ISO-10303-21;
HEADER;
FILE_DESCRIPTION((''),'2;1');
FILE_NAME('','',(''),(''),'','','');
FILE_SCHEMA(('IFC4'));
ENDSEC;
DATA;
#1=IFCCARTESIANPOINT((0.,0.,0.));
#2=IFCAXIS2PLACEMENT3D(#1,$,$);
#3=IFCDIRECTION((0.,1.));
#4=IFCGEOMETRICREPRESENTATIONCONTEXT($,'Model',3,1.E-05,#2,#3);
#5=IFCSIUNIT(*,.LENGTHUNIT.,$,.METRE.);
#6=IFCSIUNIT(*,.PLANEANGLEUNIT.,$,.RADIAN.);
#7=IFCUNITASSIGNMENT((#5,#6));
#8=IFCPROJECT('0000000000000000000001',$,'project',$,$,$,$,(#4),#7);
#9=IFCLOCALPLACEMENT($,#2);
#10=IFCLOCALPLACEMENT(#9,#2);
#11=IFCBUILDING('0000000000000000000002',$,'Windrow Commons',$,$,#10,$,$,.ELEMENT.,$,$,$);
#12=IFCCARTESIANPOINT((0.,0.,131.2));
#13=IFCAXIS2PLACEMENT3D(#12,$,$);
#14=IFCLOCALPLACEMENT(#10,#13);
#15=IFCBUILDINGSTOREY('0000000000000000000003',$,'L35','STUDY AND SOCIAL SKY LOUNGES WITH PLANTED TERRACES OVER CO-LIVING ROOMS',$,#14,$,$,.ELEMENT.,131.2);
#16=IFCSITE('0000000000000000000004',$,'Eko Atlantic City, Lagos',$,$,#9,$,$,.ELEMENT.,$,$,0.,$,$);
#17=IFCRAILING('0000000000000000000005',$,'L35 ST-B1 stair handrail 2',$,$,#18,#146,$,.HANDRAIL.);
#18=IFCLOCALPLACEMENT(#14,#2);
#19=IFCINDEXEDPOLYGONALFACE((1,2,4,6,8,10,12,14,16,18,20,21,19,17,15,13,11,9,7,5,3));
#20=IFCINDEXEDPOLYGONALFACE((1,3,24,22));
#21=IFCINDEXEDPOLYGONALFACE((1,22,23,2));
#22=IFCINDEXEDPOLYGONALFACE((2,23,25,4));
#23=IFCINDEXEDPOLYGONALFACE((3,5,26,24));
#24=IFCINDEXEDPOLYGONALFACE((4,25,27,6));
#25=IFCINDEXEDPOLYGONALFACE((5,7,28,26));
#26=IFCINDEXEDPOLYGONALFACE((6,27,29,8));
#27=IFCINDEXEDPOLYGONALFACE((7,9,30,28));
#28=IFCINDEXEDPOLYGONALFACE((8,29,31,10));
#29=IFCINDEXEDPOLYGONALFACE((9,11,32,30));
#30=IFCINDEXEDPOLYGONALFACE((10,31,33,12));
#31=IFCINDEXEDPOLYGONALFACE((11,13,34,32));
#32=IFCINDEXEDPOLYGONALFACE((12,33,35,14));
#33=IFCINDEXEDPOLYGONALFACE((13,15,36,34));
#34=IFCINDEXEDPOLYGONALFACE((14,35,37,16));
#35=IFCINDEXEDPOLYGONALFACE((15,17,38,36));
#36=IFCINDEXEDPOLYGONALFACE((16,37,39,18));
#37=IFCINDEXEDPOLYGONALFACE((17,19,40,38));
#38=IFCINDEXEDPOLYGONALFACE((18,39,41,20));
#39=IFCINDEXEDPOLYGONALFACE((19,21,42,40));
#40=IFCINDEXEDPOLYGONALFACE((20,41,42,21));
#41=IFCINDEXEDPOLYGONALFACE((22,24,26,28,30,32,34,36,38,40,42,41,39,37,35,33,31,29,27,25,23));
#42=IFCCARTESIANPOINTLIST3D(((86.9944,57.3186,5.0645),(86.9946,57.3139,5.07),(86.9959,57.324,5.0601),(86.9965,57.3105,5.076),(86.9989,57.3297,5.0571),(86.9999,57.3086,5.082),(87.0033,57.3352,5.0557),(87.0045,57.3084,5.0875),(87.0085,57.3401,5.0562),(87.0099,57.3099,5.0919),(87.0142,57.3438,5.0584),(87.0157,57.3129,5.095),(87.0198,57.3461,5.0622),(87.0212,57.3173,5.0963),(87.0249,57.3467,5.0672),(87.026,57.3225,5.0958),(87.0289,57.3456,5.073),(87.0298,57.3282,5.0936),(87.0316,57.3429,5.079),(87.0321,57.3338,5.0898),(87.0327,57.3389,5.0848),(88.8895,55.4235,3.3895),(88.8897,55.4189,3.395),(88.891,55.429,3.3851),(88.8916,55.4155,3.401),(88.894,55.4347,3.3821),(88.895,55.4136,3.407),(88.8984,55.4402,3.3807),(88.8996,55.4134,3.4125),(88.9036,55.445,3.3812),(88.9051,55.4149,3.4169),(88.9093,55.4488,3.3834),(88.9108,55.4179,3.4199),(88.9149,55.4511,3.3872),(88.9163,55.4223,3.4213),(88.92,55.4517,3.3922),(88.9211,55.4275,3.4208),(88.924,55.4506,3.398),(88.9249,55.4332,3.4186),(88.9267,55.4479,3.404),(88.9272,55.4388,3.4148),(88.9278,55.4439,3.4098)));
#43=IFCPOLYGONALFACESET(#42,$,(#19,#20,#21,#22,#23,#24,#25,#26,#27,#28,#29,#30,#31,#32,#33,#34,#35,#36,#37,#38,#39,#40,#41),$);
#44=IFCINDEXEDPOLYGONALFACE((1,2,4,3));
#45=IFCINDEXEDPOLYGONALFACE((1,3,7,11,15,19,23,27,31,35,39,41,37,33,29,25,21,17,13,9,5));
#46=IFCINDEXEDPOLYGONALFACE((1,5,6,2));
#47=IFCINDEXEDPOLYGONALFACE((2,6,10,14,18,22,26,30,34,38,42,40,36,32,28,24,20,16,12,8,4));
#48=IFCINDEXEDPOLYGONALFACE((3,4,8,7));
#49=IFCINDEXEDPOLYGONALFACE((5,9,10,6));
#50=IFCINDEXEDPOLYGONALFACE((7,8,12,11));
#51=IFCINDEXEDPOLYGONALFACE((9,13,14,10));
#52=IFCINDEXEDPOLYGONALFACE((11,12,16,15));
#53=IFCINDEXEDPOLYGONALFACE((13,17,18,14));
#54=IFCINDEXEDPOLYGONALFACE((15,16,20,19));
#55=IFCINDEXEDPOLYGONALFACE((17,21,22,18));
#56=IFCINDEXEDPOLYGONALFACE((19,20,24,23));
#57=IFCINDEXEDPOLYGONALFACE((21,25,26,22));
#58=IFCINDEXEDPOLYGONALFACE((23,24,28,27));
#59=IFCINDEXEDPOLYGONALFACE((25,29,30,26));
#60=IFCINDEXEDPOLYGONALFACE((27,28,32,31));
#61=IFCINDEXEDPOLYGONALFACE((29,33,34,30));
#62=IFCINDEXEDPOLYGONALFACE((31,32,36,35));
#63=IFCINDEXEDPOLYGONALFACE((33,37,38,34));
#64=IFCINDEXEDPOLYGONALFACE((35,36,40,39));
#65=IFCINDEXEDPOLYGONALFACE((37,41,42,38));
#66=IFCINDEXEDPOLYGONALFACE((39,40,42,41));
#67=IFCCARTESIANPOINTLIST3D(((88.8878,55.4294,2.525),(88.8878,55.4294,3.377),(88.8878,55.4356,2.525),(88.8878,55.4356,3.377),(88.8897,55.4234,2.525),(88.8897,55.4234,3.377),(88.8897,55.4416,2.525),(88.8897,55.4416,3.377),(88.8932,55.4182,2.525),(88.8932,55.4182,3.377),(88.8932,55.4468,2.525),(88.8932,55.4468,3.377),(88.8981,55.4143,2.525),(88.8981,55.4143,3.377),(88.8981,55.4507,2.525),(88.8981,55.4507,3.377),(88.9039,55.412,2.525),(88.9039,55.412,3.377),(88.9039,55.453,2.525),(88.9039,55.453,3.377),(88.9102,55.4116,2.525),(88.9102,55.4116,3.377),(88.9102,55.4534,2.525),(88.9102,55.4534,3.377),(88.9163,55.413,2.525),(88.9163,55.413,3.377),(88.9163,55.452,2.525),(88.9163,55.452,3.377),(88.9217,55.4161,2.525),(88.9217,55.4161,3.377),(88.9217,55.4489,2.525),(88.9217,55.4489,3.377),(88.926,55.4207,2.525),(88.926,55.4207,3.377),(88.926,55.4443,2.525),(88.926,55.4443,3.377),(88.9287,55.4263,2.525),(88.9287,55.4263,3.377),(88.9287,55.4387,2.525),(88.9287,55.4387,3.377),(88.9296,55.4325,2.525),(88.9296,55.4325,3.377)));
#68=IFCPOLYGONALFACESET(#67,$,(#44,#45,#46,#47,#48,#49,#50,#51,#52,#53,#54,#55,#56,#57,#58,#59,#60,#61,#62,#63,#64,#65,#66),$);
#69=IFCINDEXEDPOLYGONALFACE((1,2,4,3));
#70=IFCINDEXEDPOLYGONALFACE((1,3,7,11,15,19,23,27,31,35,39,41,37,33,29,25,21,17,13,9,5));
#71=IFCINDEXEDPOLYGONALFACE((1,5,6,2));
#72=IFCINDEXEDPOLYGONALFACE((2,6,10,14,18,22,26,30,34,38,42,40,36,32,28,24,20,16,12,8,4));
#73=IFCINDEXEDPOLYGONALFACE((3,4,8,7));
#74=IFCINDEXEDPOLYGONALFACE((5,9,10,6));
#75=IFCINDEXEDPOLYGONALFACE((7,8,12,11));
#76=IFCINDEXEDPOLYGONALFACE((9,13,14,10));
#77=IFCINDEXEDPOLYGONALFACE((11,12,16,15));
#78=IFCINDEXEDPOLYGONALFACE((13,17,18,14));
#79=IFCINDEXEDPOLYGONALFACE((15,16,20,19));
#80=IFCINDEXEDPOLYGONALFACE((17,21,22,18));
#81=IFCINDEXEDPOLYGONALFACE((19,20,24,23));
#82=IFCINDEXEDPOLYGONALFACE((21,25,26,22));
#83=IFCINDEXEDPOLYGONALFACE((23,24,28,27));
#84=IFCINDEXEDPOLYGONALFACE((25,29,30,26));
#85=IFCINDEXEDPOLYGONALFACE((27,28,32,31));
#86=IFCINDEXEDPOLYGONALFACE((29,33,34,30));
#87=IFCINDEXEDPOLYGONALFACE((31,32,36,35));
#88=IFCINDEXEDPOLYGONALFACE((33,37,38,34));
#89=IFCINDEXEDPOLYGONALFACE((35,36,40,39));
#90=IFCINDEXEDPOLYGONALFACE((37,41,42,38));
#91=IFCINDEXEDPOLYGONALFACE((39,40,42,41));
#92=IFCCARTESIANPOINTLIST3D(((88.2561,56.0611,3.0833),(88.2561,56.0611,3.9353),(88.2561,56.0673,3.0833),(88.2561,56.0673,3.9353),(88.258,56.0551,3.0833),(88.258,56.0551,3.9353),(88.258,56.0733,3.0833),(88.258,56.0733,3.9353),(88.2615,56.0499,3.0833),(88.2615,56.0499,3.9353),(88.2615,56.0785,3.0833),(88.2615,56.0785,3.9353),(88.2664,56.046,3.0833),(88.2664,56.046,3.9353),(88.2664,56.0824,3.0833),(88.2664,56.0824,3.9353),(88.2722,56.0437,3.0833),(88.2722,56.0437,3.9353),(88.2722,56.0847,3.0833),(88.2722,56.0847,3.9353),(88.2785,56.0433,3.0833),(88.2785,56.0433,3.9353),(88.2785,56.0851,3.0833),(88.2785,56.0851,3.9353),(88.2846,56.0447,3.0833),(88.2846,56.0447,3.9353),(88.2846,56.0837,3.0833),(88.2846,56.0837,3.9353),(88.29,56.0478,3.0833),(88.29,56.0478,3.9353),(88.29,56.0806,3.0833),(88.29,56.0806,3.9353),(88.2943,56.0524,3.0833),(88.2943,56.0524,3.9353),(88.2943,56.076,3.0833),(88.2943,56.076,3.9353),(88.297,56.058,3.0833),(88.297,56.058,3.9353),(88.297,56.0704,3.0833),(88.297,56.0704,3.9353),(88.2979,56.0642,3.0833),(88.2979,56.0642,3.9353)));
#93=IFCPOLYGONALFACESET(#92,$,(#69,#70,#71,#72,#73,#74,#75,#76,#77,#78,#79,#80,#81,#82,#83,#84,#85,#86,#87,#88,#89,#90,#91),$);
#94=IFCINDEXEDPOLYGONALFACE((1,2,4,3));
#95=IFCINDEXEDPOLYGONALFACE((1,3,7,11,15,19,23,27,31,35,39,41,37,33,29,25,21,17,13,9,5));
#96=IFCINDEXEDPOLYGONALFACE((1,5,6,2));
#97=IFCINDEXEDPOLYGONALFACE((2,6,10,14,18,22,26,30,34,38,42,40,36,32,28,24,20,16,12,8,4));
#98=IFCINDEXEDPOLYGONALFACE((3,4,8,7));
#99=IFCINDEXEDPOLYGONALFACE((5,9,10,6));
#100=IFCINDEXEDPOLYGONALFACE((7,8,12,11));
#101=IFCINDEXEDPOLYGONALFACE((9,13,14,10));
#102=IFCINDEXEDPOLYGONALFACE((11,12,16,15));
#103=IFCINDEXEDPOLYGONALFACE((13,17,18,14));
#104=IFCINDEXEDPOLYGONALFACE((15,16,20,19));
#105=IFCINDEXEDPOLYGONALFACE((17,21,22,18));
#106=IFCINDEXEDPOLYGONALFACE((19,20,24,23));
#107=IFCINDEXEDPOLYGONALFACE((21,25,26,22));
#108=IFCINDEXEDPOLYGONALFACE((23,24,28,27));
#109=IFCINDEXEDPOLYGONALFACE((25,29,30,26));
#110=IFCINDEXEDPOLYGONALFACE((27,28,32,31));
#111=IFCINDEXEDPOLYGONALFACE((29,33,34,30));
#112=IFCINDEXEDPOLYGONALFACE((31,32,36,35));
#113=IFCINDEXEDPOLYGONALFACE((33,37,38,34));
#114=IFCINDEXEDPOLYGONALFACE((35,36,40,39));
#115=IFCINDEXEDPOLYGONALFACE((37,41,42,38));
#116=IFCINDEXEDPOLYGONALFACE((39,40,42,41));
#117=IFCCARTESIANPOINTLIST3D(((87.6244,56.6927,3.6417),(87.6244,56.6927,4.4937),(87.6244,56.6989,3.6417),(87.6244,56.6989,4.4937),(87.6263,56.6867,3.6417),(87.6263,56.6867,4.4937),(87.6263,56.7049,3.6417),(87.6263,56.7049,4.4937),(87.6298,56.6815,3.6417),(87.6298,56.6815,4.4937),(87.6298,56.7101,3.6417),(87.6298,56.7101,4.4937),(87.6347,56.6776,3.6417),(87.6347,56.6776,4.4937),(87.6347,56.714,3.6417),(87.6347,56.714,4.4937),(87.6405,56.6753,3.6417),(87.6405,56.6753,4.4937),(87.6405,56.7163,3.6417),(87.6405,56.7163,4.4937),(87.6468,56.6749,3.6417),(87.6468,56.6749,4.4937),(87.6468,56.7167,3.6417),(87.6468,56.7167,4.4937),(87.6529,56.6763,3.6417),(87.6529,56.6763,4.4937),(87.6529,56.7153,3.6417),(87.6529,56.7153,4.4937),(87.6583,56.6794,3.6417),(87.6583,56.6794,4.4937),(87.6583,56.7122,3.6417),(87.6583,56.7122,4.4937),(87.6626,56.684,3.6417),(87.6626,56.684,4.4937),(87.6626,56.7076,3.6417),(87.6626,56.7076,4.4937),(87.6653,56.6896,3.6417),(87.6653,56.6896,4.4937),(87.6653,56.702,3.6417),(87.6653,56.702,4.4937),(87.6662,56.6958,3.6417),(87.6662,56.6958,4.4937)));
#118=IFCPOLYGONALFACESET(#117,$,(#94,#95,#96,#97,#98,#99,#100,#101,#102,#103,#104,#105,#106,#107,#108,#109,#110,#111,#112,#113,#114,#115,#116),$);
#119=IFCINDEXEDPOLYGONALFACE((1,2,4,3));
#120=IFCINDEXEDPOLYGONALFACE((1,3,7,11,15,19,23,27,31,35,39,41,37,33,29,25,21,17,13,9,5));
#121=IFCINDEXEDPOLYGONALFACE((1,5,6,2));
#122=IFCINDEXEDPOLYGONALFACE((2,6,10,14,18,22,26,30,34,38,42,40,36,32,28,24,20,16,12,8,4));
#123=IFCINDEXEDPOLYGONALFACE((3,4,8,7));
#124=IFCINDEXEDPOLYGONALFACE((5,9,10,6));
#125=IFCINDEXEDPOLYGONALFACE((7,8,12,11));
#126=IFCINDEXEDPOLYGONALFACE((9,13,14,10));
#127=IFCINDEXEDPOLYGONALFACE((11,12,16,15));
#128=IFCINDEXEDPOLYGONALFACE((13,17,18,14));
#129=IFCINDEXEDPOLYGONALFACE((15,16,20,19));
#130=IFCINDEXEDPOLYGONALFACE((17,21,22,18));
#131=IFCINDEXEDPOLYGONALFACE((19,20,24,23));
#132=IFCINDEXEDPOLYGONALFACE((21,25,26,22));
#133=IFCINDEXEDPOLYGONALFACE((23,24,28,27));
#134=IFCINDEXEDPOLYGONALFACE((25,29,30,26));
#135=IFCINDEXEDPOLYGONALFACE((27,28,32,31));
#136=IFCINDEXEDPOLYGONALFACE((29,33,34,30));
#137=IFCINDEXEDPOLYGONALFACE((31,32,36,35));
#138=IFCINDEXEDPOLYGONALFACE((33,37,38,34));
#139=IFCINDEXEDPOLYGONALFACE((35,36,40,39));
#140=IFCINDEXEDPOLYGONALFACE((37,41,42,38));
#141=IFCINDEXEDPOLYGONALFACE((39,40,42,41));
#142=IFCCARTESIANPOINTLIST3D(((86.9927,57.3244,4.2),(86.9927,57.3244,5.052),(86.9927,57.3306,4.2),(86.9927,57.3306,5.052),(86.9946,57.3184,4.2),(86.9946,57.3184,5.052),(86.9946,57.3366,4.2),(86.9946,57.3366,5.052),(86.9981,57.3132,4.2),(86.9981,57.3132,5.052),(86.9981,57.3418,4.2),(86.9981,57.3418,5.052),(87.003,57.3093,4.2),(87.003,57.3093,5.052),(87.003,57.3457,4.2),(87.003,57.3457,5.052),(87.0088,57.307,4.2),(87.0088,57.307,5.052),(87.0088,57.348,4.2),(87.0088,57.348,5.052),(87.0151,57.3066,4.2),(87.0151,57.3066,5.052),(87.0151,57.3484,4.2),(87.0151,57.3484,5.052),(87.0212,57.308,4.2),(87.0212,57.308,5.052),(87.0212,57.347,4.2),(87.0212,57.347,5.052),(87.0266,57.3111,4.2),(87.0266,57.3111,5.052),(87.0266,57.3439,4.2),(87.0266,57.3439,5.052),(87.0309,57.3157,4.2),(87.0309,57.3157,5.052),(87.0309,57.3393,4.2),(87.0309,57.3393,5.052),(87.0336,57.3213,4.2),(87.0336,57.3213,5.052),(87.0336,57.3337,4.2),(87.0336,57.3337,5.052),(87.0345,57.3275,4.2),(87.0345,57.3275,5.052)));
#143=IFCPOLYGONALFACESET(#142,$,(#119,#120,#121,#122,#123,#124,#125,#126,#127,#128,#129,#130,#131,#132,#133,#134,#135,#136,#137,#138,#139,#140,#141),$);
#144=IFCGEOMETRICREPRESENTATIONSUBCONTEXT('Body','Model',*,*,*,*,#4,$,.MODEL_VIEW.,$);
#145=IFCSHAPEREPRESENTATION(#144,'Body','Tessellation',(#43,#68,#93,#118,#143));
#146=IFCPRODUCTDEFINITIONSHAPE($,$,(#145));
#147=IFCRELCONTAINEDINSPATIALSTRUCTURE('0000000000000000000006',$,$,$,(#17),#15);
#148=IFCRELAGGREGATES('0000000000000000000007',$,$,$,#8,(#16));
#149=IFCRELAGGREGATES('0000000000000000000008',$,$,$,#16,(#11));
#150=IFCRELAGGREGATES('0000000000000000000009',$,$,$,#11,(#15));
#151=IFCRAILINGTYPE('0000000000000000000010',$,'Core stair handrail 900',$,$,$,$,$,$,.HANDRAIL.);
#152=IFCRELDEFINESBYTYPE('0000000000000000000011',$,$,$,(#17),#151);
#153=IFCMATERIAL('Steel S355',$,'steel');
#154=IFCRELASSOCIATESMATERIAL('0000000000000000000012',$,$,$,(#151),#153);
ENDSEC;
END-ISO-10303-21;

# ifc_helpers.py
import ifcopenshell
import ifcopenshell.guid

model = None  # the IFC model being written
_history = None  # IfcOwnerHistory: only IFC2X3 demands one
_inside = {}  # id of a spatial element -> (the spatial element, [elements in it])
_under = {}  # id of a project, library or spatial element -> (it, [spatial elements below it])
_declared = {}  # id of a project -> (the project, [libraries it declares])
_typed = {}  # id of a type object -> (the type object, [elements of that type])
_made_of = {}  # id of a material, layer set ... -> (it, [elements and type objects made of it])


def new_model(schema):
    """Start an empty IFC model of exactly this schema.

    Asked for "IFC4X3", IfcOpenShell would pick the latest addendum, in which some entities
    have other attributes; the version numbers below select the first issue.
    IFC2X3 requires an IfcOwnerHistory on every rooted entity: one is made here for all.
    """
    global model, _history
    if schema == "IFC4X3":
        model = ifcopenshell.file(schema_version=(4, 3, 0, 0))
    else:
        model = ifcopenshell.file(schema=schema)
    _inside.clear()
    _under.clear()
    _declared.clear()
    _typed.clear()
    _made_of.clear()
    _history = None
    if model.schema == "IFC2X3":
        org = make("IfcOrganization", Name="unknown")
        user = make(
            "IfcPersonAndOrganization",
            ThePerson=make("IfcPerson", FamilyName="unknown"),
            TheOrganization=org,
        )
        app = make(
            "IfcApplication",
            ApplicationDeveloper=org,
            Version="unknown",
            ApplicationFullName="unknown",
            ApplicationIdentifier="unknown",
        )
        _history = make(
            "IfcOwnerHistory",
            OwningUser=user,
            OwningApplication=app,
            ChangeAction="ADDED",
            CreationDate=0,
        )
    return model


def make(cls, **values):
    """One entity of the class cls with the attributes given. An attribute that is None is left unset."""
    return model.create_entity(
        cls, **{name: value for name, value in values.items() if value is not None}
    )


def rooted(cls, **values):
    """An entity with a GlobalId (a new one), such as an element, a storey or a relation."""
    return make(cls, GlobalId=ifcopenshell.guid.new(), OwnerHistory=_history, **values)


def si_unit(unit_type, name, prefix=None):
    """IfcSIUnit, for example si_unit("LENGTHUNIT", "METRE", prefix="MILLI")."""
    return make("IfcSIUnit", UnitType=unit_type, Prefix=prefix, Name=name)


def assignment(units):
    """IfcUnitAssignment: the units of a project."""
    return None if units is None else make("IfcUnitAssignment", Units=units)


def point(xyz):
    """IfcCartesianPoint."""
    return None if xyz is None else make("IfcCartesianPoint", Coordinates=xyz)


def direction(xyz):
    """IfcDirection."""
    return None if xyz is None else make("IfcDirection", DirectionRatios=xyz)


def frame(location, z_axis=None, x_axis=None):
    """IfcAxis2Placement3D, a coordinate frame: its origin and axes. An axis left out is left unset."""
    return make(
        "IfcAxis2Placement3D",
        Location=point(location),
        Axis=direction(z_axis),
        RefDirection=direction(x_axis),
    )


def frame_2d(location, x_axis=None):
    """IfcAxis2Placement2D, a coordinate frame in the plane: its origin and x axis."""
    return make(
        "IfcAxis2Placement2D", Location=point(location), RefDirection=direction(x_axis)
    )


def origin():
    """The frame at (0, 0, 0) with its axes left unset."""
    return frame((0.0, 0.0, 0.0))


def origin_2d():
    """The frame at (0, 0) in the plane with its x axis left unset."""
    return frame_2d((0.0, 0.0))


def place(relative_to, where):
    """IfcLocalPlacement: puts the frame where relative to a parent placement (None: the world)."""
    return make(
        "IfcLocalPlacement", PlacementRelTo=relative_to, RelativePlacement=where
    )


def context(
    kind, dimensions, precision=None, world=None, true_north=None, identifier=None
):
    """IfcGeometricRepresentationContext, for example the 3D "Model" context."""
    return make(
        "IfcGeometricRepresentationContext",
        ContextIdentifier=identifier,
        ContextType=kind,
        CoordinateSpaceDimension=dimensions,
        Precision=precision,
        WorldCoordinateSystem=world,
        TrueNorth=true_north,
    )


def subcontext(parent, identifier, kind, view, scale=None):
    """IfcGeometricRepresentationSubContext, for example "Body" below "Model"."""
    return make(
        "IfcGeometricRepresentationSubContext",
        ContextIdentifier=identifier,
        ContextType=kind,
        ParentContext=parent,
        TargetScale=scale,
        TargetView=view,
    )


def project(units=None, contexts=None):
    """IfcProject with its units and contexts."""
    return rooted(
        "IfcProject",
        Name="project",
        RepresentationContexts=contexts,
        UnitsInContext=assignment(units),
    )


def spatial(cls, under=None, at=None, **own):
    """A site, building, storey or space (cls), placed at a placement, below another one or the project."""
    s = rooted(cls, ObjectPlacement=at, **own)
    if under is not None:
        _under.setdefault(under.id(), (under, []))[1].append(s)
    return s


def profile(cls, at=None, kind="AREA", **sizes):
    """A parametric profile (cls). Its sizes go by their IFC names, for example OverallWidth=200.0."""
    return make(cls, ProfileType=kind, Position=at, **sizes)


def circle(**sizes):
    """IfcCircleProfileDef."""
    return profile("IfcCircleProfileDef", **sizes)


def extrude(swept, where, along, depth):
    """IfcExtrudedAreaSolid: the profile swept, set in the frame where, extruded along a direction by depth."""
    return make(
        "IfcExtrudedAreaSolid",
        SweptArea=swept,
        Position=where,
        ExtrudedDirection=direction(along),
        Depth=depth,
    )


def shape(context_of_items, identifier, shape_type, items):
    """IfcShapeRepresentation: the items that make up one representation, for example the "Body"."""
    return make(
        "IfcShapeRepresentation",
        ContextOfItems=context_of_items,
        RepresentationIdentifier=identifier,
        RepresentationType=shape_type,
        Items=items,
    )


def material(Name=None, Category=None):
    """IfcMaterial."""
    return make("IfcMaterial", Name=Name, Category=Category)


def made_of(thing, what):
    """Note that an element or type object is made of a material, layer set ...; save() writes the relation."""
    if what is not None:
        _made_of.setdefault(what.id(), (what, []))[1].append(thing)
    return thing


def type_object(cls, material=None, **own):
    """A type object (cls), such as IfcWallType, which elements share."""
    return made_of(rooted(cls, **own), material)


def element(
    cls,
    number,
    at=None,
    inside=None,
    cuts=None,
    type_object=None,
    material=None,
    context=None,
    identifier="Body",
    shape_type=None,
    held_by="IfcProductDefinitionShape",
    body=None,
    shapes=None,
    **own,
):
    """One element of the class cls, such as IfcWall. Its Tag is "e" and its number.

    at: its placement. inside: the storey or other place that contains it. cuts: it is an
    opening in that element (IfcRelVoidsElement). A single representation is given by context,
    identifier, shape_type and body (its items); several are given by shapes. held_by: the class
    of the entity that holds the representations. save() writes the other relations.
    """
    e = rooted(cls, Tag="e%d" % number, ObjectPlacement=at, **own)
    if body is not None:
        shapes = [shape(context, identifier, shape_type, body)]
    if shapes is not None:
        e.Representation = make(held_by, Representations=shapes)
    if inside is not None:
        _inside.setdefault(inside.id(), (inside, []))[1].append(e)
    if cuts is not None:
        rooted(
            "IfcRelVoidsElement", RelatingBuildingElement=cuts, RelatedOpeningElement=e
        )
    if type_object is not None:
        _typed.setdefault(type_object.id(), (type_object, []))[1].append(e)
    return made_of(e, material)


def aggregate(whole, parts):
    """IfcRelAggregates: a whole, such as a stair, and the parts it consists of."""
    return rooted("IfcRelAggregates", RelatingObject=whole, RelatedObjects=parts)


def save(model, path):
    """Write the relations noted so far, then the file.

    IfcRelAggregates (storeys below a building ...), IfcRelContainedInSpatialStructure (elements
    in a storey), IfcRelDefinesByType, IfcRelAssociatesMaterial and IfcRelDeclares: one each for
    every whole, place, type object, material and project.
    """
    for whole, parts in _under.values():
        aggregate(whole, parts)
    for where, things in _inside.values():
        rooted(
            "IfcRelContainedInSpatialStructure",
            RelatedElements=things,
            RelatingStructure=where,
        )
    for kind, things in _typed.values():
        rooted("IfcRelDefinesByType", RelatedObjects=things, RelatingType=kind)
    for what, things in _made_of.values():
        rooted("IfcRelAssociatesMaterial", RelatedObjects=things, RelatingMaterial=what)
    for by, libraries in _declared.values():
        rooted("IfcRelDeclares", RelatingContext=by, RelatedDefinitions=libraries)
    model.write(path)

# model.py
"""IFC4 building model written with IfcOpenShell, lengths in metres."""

from ifc_helpers import new_model, si_unit, direction, frame, origin, origin_2d, place, context, subcontext, project, spatial, circle, extrude, material, type_object, element, save


model = new_model("IFC4")

# Units and contexts
model_context = context("Model", 3, precision=1e-05, world=origin(), true_north=direction((0.0, 1.0)))
body_context = subcontext(model_context, "Body", "Model", "MODEL_VIEW")
ifc_project = project(units=[si_unit("LENGTHUNIT", "METRE"), si_unit("PLANEANGLEUNIT", "RADIAN")], contexts=[model_context])

# Site, building, storey
site_placement = place(None, origin())
site = spatial("IfcSite", under=ifc_project, at=site_placement, Name="Eko Atlantic City, Lagos", CompositionType="ELEMENT", RefElevation=0.0)
building_placement = place(site_placement, origin())
building = spatial("IfcBuilding", under=site, at=building_placement, Name="Windrow Commons", CompositionType="ELEMENT")
storey_placement = place(building_placement, frame((0.0, 0.0, 131.2)))
storey = spatial("IfcBuildingStorey", under=building, at=storey_placement, Name="L35", Description="STUDY AND SOCIAL SKY LOUNGES WITH PLANTED TERRACES OVER CO-LIVING ROOMS", CompositionType="ELEMENT", Elevation=131.2)

# Railing
ifc_material_1 = material(Name="Steel S355", Category="steel")
railing_type_1 = type_object("IfcRailingType", Name="Core stair handrail 900", PredefinedType="HANDRAIL", material=ifc_material_1)
for number, where, name in (
    (1, (88.9086, 55.4325, 2.525), "L35 ST-B1 stair handrail 2"),
):
    element("IfcRailing", number, at=place(storey_placement, frame(where)), inside=storey, type_object=railing_type_1, Name=name, PredefinedType="HANDRAIL", context=body_context, shape_type="SweptSolid", body=[
        extrude(circle(Radius=0.024, at=origin_2d()), frame((0.0, 0.0, 0.876), z_axis=(-0.599642, 0.59961, 0.529998), x_axis=(-0.707088, -0.707125, 0.0)), (0.0, 0.0, 1.0), 3.1604),
        extrude(circle(Radius=0.021, at=origin_2d()), origin(), (0.0, 0.0, 1.0), 0.852),
        extrude(circle(Radius=0.021, at=origin_2d()), frame((-0.6317, 0.6317, 0.5583)), (0.0, 0.0, 1.0), 0.852),
        extrude(circle(Radius=0.021, at=origin_2d()), frame((-1.2634, 1.2633, 1.1167)), (0.0, 0.0, 1.0), 0.852),
        extrude(circle(Radius=0.021, at=origin_2d()), frame((-1.8951, 1.895, 1.675)), (0.0, 0.0, 1.0), 0.852),
    ])

save(model, "model.ifc")
